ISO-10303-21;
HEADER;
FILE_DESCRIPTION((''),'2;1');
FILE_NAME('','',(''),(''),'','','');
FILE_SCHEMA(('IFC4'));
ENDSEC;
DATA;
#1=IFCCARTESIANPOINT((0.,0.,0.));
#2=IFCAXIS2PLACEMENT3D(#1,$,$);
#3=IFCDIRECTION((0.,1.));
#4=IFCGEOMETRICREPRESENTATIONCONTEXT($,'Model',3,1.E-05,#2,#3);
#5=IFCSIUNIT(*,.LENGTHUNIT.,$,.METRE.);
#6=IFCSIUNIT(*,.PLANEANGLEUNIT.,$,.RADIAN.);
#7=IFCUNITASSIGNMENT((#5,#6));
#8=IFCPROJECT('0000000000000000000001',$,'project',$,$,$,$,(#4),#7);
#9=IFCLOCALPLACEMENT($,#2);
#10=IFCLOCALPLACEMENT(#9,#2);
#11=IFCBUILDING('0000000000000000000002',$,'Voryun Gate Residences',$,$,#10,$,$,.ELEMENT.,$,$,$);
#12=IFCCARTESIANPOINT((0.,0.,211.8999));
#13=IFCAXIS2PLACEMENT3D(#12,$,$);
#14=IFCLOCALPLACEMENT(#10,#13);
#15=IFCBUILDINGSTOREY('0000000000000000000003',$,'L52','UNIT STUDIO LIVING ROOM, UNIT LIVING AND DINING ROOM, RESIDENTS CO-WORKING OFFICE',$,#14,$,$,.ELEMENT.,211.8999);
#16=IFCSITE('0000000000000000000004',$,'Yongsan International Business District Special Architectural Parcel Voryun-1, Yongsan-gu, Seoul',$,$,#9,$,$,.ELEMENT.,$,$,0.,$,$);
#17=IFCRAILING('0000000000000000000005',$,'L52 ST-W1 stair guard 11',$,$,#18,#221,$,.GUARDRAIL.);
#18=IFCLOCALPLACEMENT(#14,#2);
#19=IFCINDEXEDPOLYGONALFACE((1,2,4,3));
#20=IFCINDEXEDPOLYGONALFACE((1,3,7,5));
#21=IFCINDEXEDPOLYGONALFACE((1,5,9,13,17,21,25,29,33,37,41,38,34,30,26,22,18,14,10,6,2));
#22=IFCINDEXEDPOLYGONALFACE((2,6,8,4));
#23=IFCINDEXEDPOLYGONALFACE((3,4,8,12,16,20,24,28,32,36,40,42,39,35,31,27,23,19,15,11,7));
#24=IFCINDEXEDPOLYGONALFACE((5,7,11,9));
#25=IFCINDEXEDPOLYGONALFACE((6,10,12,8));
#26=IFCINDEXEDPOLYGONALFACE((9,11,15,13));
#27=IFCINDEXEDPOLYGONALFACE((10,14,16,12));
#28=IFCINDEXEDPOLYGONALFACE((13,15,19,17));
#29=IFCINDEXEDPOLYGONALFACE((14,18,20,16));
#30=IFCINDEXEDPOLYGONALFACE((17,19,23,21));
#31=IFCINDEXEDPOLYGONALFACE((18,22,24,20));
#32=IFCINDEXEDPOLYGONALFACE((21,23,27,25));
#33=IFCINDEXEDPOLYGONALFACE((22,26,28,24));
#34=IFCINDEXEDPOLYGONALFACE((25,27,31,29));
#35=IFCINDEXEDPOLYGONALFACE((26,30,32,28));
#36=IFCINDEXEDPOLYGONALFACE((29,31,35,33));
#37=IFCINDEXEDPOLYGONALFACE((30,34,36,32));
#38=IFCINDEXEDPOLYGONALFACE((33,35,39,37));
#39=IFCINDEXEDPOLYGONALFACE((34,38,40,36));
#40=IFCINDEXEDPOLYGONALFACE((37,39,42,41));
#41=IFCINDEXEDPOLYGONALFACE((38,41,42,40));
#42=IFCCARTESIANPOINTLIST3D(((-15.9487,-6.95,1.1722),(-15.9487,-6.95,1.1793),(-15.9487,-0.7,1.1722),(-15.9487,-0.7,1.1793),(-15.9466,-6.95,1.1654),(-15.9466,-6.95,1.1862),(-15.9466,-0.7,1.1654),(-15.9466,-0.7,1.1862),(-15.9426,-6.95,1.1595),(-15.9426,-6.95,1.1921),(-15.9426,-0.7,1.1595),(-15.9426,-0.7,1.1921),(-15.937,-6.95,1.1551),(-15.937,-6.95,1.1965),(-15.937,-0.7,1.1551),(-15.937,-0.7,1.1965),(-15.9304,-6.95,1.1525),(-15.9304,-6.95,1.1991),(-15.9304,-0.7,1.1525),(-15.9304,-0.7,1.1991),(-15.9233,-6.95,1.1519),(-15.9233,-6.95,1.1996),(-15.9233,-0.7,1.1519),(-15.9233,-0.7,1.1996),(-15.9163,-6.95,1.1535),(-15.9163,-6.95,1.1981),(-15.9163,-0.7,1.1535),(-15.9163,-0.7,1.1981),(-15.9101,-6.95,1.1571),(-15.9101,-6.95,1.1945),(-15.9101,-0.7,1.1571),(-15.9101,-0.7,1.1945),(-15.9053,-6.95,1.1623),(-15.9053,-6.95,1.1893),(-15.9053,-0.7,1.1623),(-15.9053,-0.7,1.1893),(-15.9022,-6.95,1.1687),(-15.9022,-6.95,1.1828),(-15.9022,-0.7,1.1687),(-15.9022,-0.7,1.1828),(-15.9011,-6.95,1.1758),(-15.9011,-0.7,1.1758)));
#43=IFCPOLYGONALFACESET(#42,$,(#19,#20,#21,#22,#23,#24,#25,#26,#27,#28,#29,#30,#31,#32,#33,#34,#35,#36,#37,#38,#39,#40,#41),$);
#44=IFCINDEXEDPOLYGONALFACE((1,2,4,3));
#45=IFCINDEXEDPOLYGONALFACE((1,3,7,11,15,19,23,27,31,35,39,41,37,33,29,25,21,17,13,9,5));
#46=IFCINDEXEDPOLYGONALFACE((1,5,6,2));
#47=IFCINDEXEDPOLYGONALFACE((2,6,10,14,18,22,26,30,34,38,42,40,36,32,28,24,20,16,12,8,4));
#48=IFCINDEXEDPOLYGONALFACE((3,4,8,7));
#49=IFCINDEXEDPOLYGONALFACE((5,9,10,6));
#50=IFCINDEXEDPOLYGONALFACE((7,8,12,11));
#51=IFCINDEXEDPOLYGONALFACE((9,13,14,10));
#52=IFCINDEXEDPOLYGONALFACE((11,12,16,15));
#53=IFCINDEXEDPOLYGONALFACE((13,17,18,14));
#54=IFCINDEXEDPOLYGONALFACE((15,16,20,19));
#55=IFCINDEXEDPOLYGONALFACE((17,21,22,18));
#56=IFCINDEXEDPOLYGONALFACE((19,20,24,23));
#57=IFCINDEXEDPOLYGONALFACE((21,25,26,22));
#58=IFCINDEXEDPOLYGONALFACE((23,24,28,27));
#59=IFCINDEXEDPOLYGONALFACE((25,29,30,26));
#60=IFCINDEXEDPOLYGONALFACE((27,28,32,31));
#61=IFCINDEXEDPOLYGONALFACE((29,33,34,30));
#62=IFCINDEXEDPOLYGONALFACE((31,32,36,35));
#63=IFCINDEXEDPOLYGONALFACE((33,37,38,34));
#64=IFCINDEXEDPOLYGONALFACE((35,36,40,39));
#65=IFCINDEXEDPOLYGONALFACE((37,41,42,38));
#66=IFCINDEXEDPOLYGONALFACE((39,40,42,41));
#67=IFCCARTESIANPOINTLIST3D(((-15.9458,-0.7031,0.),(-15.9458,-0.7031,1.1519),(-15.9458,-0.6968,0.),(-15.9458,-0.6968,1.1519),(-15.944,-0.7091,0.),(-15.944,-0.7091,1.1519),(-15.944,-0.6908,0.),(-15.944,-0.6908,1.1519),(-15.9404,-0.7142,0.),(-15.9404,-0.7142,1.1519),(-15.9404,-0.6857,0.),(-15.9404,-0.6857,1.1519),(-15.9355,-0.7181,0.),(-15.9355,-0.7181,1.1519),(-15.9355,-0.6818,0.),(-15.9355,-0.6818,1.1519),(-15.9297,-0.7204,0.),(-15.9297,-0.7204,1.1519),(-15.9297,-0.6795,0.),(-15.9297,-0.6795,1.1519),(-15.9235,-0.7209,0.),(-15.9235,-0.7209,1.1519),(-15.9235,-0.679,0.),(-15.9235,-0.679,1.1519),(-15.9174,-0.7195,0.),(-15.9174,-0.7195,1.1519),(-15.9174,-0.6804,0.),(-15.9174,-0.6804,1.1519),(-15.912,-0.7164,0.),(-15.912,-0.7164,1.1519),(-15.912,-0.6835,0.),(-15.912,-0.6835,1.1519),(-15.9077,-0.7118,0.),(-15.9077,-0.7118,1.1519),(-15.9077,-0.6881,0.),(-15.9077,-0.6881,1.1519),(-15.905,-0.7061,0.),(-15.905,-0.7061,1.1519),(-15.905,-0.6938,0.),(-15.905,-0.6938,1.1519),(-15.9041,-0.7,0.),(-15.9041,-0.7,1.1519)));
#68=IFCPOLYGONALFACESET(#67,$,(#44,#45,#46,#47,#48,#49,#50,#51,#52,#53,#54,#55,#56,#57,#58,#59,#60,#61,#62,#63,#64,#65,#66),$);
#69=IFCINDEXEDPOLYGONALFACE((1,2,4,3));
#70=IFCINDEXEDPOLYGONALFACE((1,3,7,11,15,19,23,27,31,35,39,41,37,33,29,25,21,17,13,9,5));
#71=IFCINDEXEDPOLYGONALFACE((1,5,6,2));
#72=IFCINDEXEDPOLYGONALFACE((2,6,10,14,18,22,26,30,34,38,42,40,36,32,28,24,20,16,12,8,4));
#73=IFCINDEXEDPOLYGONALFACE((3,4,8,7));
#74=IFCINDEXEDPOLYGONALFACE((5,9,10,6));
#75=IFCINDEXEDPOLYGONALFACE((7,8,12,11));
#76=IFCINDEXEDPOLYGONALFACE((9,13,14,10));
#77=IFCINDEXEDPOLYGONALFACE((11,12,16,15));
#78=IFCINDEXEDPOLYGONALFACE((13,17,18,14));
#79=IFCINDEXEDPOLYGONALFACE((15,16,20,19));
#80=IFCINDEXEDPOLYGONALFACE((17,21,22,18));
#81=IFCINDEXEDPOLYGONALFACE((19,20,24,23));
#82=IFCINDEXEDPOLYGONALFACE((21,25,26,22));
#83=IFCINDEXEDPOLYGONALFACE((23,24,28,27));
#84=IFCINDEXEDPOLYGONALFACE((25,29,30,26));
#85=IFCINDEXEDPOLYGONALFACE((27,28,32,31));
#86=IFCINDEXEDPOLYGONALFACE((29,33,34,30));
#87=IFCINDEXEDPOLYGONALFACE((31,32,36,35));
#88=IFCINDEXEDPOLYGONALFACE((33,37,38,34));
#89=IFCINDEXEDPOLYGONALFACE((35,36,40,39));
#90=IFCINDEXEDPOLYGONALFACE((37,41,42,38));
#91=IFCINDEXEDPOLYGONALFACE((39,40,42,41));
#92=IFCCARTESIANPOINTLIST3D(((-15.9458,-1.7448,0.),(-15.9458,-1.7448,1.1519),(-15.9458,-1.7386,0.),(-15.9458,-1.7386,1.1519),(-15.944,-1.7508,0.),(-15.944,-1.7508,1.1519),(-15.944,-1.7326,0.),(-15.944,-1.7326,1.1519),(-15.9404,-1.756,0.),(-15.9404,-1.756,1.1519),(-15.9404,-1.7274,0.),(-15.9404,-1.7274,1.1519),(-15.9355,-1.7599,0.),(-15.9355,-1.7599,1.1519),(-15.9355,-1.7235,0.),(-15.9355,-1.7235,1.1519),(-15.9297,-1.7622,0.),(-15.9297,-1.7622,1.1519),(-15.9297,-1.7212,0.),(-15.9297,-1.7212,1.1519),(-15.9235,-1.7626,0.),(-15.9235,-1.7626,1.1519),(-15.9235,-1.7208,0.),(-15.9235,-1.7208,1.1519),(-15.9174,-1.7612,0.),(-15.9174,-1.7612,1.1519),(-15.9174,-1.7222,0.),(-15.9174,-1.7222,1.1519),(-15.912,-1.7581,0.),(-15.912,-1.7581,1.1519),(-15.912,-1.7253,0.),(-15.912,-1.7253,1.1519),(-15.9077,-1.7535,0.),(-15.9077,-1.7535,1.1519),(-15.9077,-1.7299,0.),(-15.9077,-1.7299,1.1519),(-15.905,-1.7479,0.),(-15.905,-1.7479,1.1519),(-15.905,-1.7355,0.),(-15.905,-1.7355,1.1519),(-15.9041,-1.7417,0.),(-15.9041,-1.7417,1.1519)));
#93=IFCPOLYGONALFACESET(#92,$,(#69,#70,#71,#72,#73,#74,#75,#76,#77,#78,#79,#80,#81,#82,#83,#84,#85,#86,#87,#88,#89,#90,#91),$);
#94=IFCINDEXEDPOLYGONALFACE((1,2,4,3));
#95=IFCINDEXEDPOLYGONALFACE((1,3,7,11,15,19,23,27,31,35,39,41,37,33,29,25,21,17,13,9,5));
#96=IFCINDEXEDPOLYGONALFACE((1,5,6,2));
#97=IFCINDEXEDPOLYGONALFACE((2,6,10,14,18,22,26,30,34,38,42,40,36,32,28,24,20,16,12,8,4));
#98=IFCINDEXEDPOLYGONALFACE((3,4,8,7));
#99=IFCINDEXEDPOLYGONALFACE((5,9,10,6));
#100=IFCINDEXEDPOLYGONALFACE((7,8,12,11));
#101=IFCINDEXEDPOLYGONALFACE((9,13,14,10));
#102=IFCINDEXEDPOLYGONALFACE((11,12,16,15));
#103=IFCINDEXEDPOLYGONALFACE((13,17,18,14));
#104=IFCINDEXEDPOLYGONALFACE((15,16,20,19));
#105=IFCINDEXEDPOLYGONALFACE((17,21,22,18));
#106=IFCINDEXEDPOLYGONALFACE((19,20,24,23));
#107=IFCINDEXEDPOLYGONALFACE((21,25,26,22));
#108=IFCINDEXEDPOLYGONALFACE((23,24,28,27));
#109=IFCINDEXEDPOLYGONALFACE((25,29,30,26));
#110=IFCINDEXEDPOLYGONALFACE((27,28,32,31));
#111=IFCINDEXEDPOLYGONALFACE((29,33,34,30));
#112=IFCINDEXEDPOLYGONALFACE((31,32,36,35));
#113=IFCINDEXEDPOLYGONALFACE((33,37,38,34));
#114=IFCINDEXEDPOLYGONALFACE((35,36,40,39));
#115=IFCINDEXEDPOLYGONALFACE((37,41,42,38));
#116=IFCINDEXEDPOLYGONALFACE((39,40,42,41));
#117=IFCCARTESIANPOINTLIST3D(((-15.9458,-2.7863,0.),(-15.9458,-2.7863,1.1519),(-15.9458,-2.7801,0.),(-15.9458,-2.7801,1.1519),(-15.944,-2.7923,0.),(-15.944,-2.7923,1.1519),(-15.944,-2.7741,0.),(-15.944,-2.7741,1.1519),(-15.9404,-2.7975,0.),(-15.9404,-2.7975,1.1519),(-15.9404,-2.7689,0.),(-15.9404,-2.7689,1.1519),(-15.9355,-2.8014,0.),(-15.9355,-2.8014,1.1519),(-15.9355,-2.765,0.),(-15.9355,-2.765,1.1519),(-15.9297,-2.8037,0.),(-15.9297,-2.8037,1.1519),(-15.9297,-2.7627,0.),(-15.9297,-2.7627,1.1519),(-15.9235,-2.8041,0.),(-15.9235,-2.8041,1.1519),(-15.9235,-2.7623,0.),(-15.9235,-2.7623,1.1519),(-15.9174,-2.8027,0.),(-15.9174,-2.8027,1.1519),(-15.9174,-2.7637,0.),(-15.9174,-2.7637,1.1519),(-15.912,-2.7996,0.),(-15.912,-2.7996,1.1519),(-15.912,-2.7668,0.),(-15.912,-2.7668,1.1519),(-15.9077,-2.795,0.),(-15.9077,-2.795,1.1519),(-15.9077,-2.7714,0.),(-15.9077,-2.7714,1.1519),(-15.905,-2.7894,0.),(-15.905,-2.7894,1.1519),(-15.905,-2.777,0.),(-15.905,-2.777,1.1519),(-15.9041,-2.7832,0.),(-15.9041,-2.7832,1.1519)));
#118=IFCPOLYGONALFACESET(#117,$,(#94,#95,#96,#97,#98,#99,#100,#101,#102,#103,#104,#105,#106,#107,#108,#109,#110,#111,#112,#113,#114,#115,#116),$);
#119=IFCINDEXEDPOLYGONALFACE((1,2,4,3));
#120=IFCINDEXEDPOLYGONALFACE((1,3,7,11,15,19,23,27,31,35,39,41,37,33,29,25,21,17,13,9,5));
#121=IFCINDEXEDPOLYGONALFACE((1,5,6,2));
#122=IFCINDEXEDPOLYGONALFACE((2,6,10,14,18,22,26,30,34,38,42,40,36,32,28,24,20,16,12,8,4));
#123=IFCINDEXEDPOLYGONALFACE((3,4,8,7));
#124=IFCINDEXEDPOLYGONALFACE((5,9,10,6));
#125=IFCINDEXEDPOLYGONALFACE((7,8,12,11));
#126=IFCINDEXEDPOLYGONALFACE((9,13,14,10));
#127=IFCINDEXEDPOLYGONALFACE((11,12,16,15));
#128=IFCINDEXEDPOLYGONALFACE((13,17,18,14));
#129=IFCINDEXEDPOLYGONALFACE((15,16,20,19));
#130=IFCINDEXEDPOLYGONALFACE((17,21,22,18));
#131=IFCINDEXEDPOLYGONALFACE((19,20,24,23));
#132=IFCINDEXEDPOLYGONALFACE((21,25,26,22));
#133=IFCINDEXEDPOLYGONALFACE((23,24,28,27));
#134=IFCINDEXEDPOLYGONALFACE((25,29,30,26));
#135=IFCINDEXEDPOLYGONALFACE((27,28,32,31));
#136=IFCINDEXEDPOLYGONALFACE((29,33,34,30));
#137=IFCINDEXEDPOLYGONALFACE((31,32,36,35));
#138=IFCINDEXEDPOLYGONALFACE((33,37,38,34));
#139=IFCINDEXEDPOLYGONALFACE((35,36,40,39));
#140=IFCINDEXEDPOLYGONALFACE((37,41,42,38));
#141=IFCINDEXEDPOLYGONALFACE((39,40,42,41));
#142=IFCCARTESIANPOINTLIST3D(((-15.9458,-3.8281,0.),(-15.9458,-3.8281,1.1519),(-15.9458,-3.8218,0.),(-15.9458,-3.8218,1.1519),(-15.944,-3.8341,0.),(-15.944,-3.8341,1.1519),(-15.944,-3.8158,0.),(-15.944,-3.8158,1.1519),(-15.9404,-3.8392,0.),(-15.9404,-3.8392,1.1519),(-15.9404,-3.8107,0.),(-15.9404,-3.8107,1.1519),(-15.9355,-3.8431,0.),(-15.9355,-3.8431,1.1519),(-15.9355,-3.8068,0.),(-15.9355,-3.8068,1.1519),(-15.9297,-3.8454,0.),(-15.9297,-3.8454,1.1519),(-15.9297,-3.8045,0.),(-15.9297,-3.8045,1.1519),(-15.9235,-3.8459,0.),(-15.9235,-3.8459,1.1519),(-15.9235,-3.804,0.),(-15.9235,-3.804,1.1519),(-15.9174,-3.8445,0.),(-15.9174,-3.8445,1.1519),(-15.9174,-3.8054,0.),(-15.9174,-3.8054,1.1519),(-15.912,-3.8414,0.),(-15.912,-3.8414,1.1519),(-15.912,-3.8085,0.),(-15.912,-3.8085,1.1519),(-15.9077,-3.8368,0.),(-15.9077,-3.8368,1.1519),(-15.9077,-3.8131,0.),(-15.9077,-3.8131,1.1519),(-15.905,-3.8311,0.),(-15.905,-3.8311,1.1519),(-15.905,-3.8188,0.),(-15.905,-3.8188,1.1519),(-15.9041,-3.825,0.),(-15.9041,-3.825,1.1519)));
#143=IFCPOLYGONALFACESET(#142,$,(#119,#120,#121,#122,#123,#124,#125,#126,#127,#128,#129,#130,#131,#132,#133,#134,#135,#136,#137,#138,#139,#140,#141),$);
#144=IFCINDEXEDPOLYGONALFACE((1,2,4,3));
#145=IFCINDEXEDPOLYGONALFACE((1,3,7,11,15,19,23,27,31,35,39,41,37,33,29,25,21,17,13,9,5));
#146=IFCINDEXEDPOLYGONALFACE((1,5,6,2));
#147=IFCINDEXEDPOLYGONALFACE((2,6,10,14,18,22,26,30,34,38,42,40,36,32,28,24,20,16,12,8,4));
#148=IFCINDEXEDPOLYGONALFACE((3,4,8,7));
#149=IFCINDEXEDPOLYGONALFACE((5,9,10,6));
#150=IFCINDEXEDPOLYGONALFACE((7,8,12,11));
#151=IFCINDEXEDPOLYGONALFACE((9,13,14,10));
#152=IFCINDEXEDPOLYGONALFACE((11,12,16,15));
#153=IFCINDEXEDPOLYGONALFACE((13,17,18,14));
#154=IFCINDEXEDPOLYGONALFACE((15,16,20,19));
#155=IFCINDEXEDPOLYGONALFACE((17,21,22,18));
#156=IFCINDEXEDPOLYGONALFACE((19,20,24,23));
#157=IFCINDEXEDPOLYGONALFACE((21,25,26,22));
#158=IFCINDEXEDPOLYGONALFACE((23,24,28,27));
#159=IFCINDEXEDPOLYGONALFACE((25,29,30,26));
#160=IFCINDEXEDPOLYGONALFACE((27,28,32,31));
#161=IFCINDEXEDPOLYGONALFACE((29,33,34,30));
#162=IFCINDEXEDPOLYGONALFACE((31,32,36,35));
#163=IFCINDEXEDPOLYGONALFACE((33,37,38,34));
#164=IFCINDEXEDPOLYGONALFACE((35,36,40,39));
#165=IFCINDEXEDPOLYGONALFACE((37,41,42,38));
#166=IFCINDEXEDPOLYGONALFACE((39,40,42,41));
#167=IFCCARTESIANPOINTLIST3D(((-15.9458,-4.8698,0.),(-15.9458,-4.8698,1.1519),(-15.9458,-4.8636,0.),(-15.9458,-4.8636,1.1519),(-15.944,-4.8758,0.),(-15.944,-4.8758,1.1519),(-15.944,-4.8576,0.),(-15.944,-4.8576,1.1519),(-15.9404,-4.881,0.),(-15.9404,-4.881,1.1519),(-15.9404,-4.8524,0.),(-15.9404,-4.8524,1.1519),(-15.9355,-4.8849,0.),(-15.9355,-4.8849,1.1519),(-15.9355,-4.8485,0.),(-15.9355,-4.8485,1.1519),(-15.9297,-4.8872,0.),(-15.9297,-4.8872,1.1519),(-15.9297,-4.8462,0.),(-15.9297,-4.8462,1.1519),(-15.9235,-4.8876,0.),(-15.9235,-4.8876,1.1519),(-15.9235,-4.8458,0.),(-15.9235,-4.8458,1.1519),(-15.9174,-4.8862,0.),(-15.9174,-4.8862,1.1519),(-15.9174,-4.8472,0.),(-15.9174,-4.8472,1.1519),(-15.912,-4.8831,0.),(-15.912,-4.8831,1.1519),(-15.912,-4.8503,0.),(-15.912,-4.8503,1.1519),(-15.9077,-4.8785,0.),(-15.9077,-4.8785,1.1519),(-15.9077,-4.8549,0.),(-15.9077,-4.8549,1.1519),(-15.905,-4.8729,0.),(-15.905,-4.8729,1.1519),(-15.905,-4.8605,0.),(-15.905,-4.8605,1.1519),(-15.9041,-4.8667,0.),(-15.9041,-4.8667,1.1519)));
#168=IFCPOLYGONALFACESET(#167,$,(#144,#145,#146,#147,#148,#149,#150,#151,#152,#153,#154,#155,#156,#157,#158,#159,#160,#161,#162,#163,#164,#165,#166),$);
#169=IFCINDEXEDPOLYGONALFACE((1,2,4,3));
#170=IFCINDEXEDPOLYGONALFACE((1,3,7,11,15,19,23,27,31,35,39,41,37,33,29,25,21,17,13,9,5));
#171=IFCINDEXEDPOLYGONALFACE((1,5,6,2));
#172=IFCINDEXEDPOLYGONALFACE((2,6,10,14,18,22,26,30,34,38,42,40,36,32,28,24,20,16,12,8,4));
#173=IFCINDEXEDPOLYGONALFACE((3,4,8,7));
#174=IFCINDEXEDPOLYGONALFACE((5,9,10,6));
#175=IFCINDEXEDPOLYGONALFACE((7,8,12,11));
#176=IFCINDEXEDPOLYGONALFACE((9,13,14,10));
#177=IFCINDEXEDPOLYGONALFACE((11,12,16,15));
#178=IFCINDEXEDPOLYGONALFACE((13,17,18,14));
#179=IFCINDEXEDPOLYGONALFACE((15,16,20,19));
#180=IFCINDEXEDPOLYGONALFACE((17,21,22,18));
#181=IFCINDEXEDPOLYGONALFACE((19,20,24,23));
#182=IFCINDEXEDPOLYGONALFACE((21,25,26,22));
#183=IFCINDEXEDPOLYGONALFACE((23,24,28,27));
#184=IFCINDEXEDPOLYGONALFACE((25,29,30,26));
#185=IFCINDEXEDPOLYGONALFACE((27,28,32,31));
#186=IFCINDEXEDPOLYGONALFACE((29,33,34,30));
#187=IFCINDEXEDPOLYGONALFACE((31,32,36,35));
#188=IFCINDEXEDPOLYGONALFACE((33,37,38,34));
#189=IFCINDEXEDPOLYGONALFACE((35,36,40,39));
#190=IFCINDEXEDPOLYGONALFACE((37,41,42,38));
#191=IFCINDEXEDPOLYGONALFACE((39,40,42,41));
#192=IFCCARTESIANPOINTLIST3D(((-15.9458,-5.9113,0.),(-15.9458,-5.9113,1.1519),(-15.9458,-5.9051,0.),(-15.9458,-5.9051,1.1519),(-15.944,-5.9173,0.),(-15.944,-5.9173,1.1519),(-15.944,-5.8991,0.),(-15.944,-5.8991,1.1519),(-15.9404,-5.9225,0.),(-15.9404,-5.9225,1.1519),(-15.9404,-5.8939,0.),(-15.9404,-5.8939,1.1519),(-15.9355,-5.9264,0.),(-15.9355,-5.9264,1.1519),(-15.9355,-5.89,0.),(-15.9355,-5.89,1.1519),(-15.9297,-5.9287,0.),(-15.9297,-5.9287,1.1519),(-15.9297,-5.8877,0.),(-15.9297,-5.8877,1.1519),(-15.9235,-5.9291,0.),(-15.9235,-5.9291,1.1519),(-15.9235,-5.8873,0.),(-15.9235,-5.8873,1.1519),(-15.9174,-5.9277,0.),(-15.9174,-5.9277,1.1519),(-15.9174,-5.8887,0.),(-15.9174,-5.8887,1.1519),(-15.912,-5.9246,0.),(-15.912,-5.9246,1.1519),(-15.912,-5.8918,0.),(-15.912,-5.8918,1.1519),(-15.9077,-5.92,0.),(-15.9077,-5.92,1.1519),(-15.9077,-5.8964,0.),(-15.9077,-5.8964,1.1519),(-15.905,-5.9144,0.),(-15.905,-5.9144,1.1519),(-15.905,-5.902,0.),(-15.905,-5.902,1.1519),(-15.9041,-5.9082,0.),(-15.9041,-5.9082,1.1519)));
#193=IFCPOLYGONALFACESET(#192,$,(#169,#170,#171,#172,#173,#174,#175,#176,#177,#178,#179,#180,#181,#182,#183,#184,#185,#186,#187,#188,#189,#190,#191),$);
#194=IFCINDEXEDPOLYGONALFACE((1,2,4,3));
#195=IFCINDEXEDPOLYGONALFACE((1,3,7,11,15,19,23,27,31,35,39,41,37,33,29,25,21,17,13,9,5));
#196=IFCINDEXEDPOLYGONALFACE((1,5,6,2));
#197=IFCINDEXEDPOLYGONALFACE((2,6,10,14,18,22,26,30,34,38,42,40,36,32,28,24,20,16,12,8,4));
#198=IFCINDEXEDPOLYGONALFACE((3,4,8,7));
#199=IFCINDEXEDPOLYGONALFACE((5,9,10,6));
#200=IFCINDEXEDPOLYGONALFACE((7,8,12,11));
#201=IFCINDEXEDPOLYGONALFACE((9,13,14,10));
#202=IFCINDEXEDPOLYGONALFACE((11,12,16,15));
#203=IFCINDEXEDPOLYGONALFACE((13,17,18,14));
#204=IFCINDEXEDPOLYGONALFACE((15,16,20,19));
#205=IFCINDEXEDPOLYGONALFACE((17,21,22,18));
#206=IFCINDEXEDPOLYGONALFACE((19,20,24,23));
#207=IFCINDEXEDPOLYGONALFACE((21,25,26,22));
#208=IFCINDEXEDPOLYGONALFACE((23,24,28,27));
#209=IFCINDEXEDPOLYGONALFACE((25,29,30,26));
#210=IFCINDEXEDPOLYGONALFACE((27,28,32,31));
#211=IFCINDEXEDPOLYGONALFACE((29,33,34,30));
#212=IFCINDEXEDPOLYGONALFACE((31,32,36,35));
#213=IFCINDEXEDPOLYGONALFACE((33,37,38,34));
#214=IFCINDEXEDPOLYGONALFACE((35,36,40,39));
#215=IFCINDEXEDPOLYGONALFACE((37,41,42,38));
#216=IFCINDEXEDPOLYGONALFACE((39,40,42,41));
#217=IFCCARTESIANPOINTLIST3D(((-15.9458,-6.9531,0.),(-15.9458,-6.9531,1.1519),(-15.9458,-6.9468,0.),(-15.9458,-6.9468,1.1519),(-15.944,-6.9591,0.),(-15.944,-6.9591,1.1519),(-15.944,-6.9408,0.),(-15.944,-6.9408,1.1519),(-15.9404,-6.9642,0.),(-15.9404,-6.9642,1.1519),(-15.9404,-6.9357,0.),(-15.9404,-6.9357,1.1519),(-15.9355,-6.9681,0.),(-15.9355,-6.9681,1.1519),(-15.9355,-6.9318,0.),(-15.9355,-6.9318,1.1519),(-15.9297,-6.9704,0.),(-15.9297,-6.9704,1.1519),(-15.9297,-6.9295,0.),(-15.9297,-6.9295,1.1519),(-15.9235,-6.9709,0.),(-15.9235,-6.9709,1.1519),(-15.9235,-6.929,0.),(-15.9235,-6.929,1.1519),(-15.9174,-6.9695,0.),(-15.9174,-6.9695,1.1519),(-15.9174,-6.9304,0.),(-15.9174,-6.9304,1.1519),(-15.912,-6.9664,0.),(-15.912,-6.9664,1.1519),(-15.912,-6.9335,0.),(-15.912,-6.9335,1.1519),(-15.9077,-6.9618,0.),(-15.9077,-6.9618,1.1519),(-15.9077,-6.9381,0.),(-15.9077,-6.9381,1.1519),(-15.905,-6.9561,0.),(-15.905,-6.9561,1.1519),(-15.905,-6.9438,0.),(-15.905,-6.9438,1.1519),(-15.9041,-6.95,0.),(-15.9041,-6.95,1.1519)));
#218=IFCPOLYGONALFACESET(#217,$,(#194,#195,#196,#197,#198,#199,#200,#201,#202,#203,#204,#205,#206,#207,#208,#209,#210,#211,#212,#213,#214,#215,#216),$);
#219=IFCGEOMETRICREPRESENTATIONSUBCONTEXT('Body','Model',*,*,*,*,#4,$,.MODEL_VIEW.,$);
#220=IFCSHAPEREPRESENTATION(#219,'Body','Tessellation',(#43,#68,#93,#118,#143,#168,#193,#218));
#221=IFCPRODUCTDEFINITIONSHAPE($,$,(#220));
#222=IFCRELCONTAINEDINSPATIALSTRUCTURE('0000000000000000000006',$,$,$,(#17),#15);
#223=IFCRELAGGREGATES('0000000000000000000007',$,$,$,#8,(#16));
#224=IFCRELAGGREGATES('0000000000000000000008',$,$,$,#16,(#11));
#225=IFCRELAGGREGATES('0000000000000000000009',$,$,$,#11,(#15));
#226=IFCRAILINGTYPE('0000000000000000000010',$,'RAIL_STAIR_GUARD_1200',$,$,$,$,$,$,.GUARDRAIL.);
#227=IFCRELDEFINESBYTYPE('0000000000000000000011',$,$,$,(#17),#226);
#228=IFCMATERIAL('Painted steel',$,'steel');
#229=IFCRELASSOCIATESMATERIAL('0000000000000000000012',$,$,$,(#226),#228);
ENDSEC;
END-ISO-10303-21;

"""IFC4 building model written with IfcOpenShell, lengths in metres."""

from ifc_helpers import new_model, si_unit, direction, frame, origin, origin_2d, place, context, subcontext, project, spatial, circle, extrude, material, type_object, element, save


model = new_model("IFC4")

# Units and contexts
model_context = context("Model", 3, precision=1e-05, world=origin(), true_north=direction((0.0, 1.0)))
body_context = subcontext(model_context, "Body", "Model", "MODEL_VIEW")
ifc_project = project(units=[si_unit("LENGTHUNIT", "METRE"), si_unit("PLANEANGLEUNIT", "RADIAN")], contexts=[model_context])

# Site, building, storey
site_placement = place(None, origin())
site = spatial("IfcSite", under=ifc_project, at=site_placement, Name="Yongsan International Business District Special Architectural Parcel Voryun-1, Yongsan-gu, Seoul", CompositionType="ELEMENT", RefElevation=0.0)
building_placement = place(site_placement, origin())
building = spatial("IfcBuilding", under=site, at=building_placement, Name="Voryun Gate Residences", CompositionType="ELEMENT")
storey_placement = place(building_placement, frame((0.0, 0.0, 211.8999)))
storey = spatial("IfcBuildingStorey", under=building, at=storey_placement, Name="L52", Description="UNIT STUDIO LIVING ROOM, UNIT LIVING AND DINING ROOM, RESIDENTS CO-WORKING OFFICE", CompositionType="ELEMENT", Elevation=211.8999)

# Railing
ifc_material_1 = material(Name="Painted steel", Category="steel")
railing_type = type_object("IfcRailingType", Name="RAIL_STAIR_GUARD_1200", PredefinedType="GUARDRAIL", material=ifc_material_1)
railing_placement = place(storey_placement, frame((-15.925, -0.7, 0.0)))
element("IfcRailing", 1, at=railing_placement, inside=storey, type_object=railing_type, Name="L52 ST-W1 stair guard 11", PredefinedType="GUARDRAIL", context=body_context, shape_type="SweptSolid", body=[
    extrude(circle(Radius=0.0239, at=origin_2d()), frame((0.0, 0.0, 1.1758), z_axis=(0.0, -1.0, 0.0), x_axis=(1.0, 0.0, 0.0)), (0.0, 0.0, 1.0), 6.25),
    extrude(circle(Radius=0.021, at=origin_2d()), origin(), (0.0, 0.0, 1.0), 1.1519),
    extrude(circle(Radius=0.021, at=origin_2d()), frame((0.0, -1.0417, 0.0)), (0.0, 0.0, 1.0), 1.1519),
    extrude(circle(Radius=0.021, at=origin_2d()), frame((0.0, -2.0833, 0.0)), (0.0, 0.0, 1.0), 1.1519),
    extrude(circle(Radius=0.021, at=origin_2d()), frame((0.0, -3.125, 0.0)), (0.0, 0.0, 1.0), 1.1519),
    extrude(circle(Radius=0.021, at=origin_2d()), frame((0.0, -4.1667, 0.0)), (0.0, 0.0, 1.0), 1.1519),
    extrude(circle(Radius=0.021, at=origin_2d()), frame((0.0, -5.2083, 0.0)), (0.0, 0.0, 1.0), 1.1519),
    extrude(circle(Radius=0.021, at=origin_2d()), frame((0.0, -6.25, 0.0)), (0.0, 0.0, 1.0), 1.1519),
])

save(model, "model.ifc")
